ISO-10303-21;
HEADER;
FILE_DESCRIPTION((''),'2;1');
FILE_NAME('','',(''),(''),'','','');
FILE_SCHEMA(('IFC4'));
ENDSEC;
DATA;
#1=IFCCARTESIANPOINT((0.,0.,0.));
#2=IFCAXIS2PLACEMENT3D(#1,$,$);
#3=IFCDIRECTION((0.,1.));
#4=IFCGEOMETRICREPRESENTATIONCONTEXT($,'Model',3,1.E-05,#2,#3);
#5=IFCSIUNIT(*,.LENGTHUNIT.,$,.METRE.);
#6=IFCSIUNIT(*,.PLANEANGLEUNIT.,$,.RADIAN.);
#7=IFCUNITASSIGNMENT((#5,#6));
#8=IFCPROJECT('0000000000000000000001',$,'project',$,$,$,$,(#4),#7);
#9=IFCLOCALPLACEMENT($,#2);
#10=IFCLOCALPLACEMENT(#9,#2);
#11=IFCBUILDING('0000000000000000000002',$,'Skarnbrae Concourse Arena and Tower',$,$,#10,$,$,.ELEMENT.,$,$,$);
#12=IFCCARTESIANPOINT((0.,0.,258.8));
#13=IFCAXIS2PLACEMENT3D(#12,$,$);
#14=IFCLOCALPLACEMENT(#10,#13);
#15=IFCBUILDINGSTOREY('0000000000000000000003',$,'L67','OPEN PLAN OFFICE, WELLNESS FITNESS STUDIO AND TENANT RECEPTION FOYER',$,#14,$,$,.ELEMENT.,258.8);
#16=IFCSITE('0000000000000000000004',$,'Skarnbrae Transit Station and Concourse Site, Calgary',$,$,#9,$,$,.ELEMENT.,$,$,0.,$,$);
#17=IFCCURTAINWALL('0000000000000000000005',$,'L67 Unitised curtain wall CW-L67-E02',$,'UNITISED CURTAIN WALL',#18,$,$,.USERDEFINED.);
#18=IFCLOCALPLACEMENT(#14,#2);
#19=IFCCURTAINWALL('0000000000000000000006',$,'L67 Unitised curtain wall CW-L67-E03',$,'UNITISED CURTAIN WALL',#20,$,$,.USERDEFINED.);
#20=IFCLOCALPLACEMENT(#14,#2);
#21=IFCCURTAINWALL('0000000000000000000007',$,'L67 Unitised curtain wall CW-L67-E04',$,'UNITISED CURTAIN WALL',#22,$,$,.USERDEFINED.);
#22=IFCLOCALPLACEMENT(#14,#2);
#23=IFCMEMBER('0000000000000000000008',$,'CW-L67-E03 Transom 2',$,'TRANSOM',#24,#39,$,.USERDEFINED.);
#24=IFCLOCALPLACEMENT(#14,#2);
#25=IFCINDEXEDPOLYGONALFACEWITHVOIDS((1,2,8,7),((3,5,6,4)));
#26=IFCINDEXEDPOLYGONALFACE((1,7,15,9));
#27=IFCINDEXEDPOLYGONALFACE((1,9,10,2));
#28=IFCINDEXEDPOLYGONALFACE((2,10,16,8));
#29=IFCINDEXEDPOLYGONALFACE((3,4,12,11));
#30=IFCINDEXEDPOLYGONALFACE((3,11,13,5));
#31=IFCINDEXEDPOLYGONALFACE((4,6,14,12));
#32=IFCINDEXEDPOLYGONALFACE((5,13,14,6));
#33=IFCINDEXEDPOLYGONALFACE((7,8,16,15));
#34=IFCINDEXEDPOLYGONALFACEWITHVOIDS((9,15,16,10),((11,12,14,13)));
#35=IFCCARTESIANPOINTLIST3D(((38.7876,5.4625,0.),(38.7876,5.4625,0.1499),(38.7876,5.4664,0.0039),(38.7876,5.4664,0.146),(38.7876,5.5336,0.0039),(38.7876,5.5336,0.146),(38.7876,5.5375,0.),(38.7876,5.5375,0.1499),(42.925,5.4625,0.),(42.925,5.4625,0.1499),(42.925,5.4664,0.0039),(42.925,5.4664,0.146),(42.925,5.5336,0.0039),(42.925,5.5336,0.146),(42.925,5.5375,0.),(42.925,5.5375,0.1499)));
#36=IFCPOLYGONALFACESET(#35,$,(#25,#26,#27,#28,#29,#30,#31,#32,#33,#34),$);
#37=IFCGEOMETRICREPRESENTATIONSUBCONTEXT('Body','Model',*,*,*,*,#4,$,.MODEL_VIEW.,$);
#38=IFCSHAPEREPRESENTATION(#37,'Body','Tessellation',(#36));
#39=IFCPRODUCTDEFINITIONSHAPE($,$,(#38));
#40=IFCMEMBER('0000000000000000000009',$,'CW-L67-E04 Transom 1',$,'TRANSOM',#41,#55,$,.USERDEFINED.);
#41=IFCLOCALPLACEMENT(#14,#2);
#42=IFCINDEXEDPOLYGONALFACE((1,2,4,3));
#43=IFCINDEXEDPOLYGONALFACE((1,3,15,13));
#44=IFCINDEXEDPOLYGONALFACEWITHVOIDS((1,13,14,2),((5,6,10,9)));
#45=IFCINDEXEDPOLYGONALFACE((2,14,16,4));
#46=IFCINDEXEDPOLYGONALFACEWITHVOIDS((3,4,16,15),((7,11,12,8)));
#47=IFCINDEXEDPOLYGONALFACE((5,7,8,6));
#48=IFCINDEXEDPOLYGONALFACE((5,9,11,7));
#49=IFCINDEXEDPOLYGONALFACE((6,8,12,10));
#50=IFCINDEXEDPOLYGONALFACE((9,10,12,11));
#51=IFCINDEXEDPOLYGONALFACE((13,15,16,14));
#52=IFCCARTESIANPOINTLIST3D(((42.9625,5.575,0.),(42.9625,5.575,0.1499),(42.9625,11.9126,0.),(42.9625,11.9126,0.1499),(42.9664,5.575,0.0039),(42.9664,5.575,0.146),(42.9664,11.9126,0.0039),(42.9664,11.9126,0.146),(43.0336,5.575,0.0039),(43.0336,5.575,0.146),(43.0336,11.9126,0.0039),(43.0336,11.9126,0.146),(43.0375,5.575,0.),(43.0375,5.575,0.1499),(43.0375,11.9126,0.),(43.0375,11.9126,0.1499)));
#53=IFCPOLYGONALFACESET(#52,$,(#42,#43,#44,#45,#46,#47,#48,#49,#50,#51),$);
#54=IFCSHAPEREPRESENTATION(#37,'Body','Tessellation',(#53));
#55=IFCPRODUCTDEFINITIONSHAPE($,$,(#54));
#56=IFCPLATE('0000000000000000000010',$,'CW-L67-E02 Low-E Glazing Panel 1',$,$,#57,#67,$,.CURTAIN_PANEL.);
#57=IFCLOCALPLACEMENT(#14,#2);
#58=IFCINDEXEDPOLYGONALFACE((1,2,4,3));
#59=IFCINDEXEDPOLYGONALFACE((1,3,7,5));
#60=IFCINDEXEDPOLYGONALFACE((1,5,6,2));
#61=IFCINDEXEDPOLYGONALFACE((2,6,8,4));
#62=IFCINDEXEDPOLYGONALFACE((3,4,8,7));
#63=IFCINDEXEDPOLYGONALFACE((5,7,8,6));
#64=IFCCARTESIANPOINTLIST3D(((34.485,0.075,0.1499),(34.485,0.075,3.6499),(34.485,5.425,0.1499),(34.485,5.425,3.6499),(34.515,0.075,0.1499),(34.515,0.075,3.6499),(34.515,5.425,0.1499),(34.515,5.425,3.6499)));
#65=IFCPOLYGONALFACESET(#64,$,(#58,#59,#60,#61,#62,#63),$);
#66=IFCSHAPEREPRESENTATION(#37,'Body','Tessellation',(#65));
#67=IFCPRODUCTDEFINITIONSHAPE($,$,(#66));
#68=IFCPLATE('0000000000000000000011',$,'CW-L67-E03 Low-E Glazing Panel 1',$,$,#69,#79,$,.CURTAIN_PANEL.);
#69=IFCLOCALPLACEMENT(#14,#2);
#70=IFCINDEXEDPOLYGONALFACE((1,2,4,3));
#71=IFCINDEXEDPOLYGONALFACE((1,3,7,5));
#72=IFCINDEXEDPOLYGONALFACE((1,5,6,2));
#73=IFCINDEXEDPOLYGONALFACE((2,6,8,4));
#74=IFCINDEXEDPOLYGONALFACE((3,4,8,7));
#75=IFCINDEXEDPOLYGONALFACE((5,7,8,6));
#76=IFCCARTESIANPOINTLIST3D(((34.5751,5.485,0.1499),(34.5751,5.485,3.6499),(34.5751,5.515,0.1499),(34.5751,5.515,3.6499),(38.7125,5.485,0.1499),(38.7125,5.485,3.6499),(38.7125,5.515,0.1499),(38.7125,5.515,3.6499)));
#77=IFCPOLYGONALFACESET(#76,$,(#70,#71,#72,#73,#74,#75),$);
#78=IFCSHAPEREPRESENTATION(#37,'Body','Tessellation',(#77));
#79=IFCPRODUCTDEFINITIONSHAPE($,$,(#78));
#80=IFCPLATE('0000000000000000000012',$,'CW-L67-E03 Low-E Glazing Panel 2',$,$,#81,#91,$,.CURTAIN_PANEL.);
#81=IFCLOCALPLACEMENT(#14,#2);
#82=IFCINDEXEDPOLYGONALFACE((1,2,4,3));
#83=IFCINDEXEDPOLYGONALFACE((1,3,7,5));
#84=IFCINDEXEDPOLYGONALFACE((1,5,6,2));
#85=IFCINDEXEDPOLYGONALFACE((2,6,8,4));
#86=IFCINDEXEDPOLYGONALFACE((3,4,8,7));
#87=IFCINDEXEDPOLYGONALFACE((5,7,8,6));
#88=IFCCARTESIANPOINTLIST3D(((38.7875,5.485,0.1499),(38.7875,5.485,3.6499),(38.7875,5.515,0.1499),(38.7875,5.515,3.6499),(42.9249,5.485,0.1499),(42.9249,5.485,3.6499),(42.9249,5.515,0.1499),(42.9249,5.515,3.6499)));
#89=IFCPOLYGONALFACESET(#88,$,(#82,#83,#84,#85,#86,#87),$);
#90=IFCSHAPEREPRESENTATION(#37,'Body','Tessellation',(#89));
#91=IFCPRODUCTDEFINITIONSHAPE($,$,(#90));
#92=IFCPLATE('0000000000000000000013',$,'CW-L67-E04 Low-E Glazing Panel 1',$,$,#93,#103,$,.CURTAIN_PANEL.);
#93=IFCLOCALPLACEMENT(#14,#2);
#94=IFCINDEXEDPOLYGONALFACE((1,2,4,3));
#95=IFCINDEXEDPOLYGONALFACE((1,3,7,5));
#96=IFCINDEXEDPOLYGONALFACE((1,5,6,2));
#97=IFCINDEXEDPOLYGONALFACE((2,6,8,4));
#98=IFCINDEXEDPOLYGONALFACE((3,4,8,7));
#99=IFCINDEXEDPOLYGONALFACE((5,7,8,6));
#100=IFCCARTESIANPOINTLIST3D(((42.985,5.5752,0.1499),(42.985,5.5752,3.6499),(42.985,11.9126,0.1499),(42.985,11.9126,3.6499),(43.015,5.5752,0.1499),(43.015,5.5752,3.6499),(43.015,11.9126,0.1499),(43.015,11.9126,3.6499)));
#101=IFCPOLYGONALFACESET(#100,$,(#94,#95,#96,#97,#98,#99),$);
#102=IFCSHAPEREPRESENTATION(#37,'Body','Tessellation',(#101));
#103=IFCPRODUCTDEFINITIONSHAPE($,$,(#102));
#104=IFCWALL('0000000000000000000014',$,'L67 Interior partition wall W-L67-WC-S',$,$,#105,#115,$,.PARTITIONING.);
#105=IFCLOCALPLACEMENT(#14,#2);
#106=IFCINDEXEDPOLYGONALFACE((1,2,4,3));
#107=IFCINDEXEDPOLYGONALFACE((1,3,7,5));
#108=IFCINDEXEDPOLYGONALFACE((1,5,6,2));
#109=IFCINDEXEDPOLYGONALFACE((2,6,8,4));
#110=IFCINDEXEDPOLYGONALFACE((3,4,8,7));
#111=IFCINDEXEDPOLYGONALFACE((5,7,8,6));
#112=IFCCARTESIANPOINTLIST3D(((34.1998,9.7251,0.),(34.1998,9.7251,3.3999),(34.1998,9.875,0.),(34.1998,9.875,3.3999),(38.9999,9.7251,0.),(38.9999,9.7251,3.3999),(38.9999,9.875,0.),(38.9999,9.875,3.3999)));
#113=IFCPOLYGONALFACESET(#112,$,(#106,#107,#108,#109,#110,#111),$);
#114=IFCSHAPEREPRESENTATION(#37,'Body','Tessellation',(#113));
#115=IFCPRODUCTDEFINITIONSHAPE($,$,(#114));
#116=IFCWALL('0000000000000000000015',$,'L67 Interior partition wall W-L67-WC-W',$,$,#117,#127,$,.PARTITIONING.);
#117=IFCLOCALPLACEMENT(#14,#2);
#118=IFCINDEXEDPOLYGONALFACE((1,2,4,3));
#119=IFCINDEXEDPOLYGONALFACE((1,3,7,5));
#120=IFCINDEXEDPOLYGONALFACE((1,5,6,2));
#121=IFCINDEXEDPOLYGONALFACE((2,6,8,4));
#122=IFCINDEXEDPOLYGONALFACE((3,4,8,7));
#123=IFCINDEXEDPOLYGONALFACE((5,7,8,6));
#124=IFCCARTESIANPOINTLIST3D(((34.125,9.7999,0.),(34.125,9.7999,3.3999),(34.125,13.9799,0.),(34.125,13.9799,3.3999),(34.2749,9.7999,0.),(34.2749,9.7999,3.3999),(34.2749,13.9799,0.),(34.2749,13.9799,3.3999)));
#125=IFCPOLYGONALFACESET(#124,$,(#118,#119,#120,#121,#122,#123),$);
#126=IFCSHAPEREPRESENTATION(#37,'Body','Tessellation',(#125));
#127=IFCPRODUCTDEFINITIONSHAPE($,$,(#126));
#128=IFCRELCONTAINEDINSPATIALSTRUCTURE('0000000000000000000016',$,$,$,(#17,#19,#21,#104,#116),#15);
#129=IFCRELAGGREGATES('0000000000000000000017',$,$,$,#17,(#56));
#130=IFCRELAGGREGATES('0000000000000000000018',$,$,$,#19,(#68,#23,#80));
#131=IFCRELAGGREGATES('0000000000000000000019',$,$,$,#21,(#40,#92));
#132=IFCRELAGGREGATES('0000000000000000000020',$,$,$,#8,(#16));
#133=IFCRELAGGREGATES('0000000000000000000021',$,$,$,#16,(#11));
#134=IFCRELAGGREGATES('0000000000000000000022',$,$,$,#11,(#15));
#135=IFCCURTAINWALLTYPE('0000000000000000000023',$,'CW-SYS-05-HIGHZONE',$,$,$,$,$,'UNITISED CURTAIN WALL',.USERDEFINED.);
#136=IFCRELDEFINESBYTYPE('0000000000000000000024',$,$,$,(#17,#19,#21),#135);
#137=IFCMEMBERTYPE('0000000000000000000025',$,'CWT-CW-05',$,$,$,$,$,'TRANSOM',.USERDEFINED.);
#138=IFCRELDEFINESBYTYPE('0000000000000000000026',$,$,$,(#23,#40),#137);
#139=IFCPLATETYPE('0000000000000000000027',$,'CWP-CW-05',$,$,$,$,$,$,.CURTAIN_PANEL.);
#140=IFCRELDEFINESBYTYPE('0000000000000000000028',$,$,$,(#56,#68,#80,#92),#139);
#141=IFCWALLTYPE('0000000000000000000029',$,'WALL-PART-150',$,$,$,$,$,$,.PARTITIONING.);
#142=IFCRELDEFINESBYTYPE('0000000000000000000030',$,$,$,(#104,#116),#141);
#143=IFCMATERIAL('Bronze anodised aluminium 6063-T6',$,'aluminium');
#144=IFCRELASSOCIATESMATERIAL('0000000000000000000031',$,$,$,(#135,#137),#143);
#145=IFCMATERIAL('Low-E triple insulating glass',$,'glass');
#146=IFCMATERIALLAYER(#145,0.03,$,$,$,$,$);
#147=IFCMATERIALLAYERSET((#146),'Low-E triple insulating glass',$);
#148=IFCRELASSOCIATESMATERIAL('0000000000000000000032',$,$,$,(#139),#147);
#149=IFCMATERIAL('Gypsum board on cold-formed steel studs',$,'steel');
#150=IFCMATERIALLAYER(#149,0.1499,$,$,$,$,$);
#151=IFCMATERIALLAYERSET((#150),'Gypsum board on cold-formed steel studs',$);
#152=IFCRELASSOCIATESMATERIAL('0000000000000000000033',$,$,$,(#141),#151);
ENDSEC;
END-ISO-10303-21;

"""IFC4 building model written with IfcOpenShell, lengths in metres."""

from ifc_helpers import new_model, si_unit, direction, frame, frame_2d, origin, origin_2d, place, context, subcontext, project, spatial, rectangle, hollow_rectangle, extrude, source, transform, mapped, material, layer, layer_set, material_profile, profile_set, type_object, element, aggregate, save


model = new_model("IFC4")

# Units and contexts
model_context = context("Model", 3, precision=1e-05, world=origin(), true_north=direction((0.0, 1.0)))
body_context = subcontext(model_context, "Body", "Model", "MODEL_VIEW")
ifc_project = project(units=[si_unit("LENGTHUNIT", "METRE"), si_unit("PLANEANGLEUNIT", "RADIAN")], contexts=[model_context])

# Site, building, storey
site_placement = place(None, origin())
site = spatial("IfcSite", under=ifc_project, at=site_placement, Name="Skarnbrae Transit Station and Concourse Site, Calgary", CompositionType="ELEMENT", RefElevation=0.0)
building_placement = place(site_placement, origin())
building = spatial("IfcBuilding", under=site, at=building_placement, Name="Skarnbrae Concourse Arena and Tower", CompositionType="ELEMENT")
storey_placement = place(building_placement, frame((0.0, 0.0, 258.8)))
storey = spatial("IfcBuildingStorey", under=building, at=storey_placement, Name="L67", Description="OPEN PLAN OFFICE, WELLNESS FITNESS STUDIO AND TENANT RECEPTION FOYER", CompositionType="ELEMENT", Elevation=258.8)

# Curtain walls
ifc_material_1 = material(Name="Bronze anodised aluminium 6063-T6", Category="aluminium")
curtain_wall_type = type_object("IfcCurtainWallType", Name="CW-SYS-05-HIGHZONE", ElementType="UNITISED CURTAIN WALL", PredefinedType="USERDEFINED", material=ifc_material_1)
curtain_wall_1_placement = place(storey_placement, origin())
curtain_wall_1 = element("IfcCurtainWall", 1, at=curtain_wall_1_placement, inside=storey, type_object=curtain_wall_type, Name="L67 Unitised curtain wall CW-L67-E02", ObjectType="UNITISED CURTAIN WALL", PredefinedType="USERDEFINED")
curtain_wall_2_placement = place(storey_placement, origin())
curtain_wall_2 = element("IfcCurtainWall", 2, at=curtain_wall_2_placement, inside=storey, type_object=curtain_wall_type, Name="L67 Unitised curtain wall CW-L67-E03", ObjectType="UNITISED CURTAIN WALL", PredefinedType="USERDEFINED")

# Curtain wall
curtain_wall_3_placement = place(storey_placement, origin())
curtain_wall_3 = element("IfcCurtainWall", 3, at=curtain_wall_3_placement, inside=storey, type_object=curtain_wall_type, Name="L67 Unitised curtain wall CW-L67-E04", ObjectType="UNITISED CURTAIN WALL", PredefinedType="USERDEFINED")

# Members
ifc_material_profile_1 = material_profile(ifc_material_1, hollow_rectangle(XDim=0.075, YDim=0.1499, WallThickness=0.0039, at=origin_2d()), Name="ALU-TRAN-75X150")
ifc_profile_set_1 = profile_set([ifc_material_profile_1], Name="Bronze anodised aluminium 6063-T6")
member_type_1 = type_object("IfcMemberType", Name="CWT-CW-05", ElementType="TRANSOM", PredefinedType="USERDEFINED", material=ifc_profile_set_1)
shared_shape_1 = source(origin(), body_context, "Body", "SweptSolid", [
    extrude(hollow_rectangle(XDim=0.075, YDim=0.1499, WallThickness=0.0039, at=origin_2d()), origin(), (0.0, 0.0, 1.0), 4.1375),
])
member_1_placement = place(storey_placement, frame((38.7876, 5.5, 0.075), z_axis=(1.0, 0.0, 0.0), x_axis=(0.0, 1.0, 0.0)))
member_1 = element("IfcMember", 4, at=member_1_placement, type_object=member_type_1, Name="CW-L67-E03 Transom 2", ObjectType="TRANSOM", PredefinedType="USERDEFINED", context=body_context, shape_type="MappedRepresentation", body=[
    mapped(shared_shape_1, transform((0.0, 0.0, 0.0))),
])
shared_shape_2 = source(origin(), body_context, "Body", "SweptSolid", [
    extrude(hollow_rectangle(XDim=0.075, YDim=0.1499, WallThickness=0.0039, at=origin_2d()), origin(), (0.0, 0.0, 1.0), 6.3376),
])
member_2_placement = place(storey_placement, frame((43.0, 5.575, 0.075), z_axis=(0.0, 1.0, 0.0), x_axis=(-1.0, 0.0, 0.0)))
member_2 = element("IfcMember", 5, at=member_2_placement, type_object=member_type_1, Name="CW-L67-E04 Transom 1", ObjectType="TRANSOM", PredefinedType="USERDEFINED", context=body_context, shape_type="MappedRepresentation", body=[
    mapped(shared_shape_2, transform((0.0, 0.0, 0.0))),
])

# Plates
ifc_material_2 = material(Name="Low-E triple insulating glass", Category="glass")
ifc_layer_1 = layer(ifc_material_2, 0.03)
ifc_layer_set_1 = layer_set([ifc_layer_1], Name="Low-E triple insulating glass")
plate_type = type_object("IfcPlateType", Name="CWP-CW-05", PredefinedType="CURTAIN_PANEL", material=ifc_layer_set_1)
shared_shape_3 = source(origin(), body_context, "Body", "SweptSolid", [
    extrude(rectangle(XDim=5.3501, YDim=0.03, at=origin_2d()), origin(), (0.0, 0.0, 1.0), 3.5),
])
plate_1_placement = place(storey_placement, frame((34.5, 2.75, 0.1499), z_axis=(0.0, 0.0, 1.0), x_axis=(0.0, 1.0, 0.0)))
plate_1 = element("IfcPlate", 6, at=plate_1_placement, type_object=plate_type, Name="CW-L67-E02 Low-E Glazing Panel 1", PredefinedType="CURTAIN_PANEL", context=body_context, shape_type="MappedRepresentation", body=[
    mapped(shared_shape_3, transform((0.0, 0.0, 0.0))),
])
aggregate(curtain_wall_1, [plate_1])
shared_shape_4 = source(origin(), body_context, "Body", "SweptSolid", [
    extrude(rectangle(XDim=4.1375, YDim=0.03, at=origin_2d()), origin(), (0.0, 0.0, 1.0), 3.5),
])
plate_2_placement = place(storey_placement, frame((36.6438, 5.5, 0.1499), z_axis=(0.0, 0.0, 1.0), x_axis=(1.0, 0.0, 0.0)))
plate_2 = element("IfcPlate", 7, at=plate_2_placement, type_object=plate_type, Name="CW-L67-E03 Low-E Glazing Panel 1", PredefinedType="CURTAIN_PANEL", context=body_context, shape_type="MappedRepresentation", body=[
    mapped(shared_shape_4, transform((0.0, 0.0, 0.0))),
])
plate_3_placement = place(storey_placement, frame((40.8562, 5.5, 0.1499), z_axis=(0.0, 0.0, 1.0), x_axis=(1.0, 0.0, 0.0)))
plate_3 = element("IfcPlate", 8, at=plate_3_placement, type_object=plate_type, Name="CW-L67-E03 Low-E Glazing Panel 2", PredefinedType="CURTAIN_PANEL", context=body_context, shape_type="MappedRepresentation", body=[
    mapped(shared_shape_4, transform((0.0, 0.0, 0.0))),
])
aggregate(curtain_wall_2, [plate_2, member_1, plate_3])
shared_shape_5 = source(origin(), body_context, "Body", "SweptSolid", [
    extrude(rectangle(XDim=6.3374, YDim=0.03, at=origin_2d()), origin(), (0.0, 0.0, 1.0), 3.5),
])
plate_4_placement = place(storey_placement, frame((43.0, 8.7439, 0.1499), z_axis=(0.0, 0.0, 1.0), x_axis=(0.0, 1.0, 0.0)))
plate_4 = element("IfcPlate", 9, at=plate_4_placement, type_object=plate_type, Name="CW-L67-E04 Low-E Glazing Panel 1", PredefinedType="CURTAIN_PANEL", context=body_context, shape_type="MappedRepresentation", body=[
    mapped(shared_shape_5, transform((0.0, 0.0, 0.0))),
])
aggregate(curtain_wall_3, [member_2, plate_4])

# Walls
ifc_material_3 = material(Name="Gypsum board on cold-formed steel studs", Category="steel")
ifc_layer_2 = layer(ifc_material_3, 0.1499)
ifc_layer_set_2 = layer_set([ifc_layer_2], Name="Gypsum board on cold-formed steel studs")
wall_type = type_object("IfcWallType", Name="WALL-PART-150", PredefinedType="PARTITIONING", material=ifc_layer_set_2)
shared_shape_6 = source(origin(), body_context, "Body", "SweptSolid", [
    extrude(rectangle(XDim=4.8, YDim=0.1499, at=frame_2d((2.3999, 0.0))), origin(), (0.0, 0.0, 1.0), 3.3999),
])
wall_1_placement = place(storey_placement, frame((34.2, 9.8, 0.0), z_axis=(0.0, 0.0, 1.0), x_axis=(1.0, 0.0, 0.0)))
element("IfcWall", 10, at=wall_1_placement, inside=storey, type_object=wall_type, Name="L67 Interior partition wall W-L67-WC-S", PredefinedType="PARTITIONING", context=body_context, shape_type="MappedRepresentation", body=[
    mapped(shared_shape_6, transform((0.0, 0.0, 0.0))),
])
shared_shape_7 = source(origin(), body_context, "Body", "SweptSolid", [
    extrude(rectangle(XDim=4.1799, YDim=0.1499, at=frame_2d((2.0898, 0.0))), origin(), (0.0, 0.0, 1.0), 3.3999),
])
wall_2_placement = place(storey_placement, frame((34.2, 9.8, 0.0), z_axis=(0.0, 0.0, 1.0), x_axis=(0.0, 1.0, 0.0)))
element("IfcWall", 11, at=wall_2_placement, inside=storey, type_object=wall_type, Name="L67 Interior partition wall W-L67-WC-W", PredefinedType="PARTITIONING", context=body_context, shape_type="MappedRepresentation", body=[
    mapped(shared_shape_7, transform((0.0, 0.0, 0.0))),
])

save(model, "model.ifc")
